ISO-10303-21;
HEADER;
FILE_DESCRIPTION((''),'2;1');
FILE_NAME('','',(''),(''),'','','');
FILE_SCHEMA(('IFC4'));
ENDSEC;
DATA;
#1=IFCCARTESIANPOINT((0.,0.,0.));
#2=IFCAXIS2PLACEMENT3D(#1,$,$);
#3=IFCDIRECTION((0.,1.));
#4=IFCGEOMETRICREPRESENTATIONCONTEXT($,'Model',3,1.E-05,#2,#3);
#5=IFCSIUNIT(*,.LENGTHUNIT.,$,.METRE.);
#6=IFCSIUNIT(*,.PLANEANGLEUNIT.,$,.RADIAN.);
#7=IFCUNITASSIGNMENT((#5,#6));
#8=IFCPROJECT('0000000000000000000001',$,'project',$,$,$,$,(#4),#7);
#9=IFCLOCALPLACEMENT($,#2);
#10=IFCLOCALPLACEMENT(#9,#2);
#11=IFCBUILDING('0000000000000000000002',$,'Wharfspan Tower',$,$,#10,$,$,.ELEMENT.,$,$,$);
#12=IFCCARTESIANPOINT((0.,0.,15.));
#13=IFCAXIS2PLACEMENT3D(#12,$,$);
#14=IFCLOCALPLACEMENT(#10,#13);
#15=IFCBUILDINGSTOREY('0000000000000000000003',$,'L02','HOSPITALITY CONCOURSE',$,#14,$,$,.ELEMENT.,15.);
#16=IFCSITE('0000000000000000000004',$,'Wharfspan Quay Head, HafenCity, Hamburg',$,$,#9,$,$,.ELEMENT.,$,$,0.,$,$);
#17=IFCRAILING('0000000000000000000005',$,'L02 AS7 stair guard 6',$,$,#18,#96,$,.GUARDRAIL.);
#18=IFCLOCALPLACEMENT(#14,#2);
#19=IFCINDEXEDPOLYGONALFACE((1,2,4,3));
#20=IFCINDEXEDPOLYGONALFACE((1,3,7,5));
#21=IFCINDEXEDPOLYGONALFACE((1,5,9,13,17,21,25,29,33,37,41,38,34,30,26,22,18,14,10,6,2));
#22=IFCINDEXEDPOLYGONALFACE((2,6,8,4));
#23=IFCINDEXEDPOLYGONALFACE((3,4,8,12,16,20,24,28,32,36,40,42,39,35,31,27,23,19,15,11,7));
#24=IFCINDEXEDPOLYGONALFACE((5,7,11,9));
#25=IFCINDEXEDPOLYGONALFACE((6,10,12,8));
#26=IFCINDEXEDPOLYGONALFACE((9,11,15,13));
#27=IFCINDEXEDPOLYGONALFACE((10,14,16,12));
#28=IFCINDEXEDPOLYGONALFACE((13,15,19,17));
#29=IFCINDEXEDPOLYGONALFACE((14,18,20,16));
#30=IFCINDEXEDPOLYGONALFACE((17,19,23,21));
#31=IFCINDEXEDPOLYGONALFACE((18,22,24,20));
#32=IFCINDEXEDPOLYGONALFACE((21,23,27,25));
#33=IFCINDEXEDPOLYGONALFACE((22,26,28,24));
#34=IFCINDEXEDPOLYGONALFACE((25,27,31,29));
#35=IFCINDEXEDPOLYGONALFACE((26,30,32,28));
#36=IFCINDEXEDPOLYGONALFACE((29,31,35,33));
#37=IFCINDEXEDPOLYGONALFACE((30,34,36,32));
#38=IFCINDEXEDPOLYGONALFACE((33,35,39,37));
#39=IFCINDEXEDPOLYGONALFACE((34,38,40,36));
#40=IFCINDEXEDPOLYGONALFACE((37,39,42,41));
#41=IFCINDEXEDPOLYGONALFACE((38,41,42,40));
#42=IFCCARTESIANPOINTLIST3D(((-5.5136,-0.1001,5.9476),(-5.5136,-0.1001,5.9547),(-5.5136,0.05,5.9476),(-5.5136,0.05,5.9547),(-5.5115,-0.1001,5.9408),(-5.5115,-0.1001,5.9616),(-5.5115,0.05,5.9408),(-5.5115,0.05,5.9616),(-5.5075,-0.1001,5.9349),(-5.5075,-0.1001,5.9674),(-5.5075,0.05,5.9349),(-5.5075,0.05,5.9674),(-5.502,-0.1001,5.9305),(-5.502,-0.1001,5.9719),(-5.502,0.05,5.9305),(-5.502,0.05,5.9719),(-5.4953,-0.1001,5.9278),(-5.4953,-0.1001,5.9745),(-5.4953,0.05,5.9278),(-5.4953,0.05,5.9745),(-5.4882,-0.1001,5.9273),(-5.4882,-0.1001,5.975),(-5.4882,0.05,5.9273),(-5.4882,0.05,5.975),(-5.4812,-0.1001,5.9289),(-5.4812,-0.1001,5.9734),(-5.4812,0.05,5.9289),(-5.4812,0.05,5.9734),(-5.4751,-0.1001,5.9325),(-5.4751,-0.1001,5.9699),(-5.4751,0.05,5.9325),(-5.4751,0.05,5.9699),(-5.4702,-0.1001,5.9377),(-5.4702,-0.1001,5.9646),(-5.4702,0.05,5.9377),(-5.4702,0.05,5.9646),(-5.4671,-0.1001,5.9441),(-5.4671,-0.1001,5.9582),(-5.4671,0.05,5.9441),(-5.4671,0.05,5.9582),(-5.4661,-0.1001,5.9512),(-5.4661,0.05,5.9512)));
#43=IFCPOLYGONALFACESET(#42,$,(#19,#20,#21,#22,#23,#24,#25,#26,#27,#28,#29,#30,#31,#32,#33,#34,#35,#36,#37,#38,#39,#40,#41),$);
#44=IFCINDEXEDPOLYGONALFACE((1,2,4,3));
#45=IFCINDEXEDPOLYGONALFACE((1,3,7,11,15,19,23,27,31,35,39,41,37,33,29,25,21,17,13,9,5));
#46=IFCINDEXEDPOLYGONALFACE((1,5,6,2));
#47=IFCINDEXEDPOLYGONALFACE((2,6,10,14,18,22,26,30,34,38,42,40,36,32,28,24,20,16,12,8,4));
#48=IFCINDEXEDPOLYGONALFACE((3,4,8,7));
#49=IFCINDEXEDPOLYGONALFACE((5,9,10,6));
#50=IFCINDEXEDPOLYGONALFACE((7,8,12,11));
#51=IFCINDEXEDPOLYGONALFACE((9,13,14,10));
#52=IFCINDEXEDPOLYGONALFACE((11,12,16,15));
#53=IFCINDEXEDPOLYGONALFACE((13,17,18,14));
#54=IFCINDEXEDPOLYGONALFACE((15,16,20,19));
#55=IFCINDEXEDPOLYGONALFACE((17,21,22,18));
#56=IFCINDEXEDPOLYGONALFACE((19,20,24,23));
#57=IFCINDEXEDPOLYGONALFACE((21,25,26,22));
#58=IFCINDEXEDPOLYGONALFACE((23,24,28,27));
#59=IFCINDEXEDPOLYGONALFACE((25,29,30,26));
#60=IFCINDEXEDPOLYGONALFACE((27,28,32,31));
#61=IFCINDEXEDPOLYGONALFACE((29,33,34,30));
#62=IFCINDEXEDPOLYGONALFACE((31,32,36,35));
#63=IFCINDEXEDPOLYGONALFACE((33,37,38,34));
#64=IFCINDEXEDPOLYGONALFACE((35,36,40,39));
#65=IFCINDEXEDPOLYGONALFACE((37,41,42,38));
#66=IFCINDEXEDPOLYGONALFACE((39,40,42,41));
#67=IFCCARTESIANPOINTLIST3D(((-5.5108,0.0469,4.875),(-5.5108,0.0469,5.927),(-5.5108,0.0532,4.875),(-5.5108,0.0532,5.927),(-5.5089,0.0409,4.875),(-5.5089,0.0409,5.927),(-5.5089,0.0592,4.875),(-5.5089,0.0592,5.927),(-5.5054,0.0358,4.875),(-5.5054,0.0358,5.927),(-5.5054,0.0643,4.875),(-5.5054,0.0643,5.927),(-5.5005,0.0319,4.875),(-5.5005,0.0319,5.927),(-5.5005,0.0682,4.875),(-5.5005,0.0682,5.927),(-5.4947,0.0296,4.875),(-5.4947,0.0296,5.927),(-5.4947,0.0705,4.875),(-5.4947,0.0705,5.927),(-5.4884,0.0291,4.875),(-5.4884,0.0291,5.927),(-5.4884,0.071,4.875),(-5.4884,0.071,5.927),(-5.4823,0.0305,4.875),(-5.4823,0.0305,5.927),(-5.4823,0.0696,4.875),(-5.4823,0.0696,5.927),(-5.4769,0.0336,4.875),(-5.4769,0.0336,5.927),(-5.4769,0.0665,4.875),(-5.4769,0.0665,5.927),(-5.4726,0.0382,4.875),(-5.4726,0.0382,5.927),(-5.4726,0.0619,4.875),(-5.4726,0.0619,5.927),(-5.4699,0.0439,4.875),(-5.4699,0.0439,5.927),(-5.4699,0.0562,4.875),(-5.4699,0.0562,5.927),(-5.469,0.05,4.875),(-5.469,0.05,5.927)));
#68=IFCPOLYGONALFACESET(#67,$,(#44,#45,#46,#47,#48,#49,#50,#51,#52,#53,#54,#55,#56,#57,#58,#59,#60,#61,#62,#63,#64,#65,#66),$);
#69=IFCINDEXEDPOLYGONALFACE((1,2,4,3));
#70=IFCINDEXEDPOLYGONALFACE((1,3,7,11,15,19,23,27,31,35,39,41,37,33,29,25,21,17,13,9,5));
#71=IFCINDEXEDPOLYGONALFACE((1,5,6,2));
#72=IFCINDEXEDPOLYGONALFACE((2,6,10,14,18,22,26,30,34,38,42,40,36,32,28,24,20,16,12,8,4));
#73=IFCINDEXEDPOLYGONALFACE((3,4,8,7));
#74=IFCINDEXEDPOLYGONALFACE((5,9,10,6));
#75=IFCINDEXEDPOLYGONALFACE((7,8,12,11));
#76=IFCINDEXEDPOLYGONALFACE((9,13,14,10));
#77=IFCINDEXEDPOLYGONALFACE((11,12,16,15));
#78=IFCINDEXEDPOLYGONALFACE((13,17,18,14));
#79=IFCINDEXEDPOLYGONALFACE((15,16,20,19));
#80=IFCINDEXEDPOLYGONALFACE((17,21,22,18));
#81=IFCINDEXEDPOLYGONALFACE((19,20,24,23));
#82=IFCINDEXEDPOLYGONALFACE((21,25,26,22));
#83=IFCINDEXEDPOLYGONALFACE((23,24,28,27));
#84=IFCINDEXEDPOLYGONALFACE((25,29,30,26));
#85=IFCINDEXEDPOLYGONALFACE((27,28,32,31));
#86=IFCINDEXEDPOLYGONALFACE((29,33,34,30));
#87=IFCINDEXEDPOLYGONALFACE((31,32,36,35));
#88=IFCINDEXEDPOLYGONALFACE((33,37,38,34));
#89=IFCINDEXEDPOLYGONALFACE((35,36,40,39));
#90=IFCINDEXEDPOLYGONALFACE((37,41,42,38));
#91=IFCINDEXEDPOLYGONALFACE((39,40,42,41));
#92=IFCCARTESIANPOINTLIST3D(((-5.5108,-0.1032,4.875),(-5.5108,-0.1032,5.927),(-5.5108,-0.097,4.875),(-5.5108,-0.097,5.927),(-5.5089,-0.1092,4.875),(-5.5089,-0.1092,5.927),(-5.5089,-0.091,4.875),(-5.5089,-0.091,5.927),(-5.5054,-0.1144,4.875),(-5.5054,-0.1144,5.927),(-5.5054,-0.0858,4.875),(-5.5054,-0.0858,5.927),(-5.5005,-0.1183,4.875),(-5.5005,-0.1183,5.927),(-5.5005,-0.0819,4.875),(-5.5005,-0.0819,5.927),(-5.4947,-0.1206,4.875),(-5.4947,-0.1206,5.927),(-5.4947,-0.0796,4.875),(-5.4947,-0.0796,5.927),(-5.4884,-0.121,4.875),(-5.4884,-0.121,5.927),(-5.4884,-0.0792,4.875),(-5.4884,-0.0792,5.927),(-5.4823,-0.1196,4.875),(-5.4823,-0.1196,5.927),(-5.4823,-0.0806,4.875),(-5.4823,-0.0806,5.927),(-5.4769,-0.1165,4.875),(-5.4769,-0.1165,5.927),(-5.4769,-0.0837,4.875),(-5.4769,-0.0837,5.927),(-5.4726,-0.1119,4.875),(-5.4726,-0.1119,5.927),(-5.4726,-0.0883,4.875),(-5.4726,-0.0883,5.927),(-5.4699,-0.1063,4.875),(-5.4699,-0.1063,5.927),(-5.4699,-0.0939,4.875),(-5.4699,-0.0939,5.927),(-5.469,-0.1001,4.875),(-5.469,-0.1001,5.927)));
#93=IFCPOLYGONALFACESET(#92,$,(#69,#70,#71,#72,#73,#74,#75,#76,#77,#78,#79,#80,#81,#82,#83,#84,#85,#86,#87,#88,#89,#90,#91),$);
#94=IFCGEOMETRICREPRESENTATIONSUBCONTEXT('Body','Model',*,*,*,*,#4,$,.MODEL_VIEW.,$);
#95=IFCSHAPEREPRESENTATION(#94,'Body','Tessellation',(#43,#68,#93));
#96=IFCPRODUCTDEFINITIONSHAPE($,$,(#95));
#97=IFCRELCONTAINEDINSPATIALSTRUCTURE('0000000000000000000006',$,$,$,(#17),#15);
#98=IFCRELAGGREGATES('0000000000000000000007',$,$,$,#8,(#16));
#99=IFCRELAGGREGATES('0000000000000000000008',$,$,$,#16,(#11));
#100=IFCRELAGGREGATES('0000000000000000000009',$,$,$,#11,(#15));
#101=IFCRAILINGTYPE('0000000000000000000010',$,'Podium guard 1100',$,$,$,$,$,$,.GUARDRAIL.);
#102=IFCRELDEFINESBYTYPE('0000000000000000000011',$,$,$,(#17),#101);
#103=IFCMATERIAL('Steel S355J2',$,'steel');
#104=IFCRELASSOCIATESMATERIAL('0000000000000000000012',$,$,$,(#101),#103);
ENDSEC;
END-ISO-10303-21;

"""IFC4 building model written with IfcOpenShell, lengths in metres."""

from ifc_helpers import new_model, si_unit, direction, frame, origin, origin_2d, place, context, subcontext, project, spatial, circle, extrude, material, type_object, element, save


model = new_model("IFC4")

# Units and contexts
model_context = context("Model", 3, precision=1e-05, world=origin(), true_north=direction((0.0, 1.0)))
body_context = subcontext(model_context, "Body", "Model", "MODEL_VIEW")
ifc_project = project(units=[si_unit("LENGTHUNIT", "METRE"), si_unit("PLANEANGLEUNIT", "RADIAN")], contexts=[model_context])

# Site, building, storey
site_placement = place(None, origin())
site = spatial("IfcSite", under=ifc_project, at=site_placement, Name="Wharfspan Quay Head, HafenCity, Hamburg", CompositionType="ELEMENT", RefElevation=0.0)
building_placement = place(site_placement, origin())
building = spatial("IfcBuilding", under=site, at=building_placement, Name="Wharfspan Tower", CompositionType="ELEMENT")
storey_placement = place(building_placement, frame((0.0, 0.0, 15.0)))
storey = spatial("IfcBuildingStorey", under=building, at=storey_placement, Name="L02", Description="HOSPITALITY CONCOURSE", CompositionType="ELEMENT", Elevation=15.0)

# Railing
ifc_material_1 = material(Name="Steel S355J2", Category="steel")
railing_type_1 = type_object("IfcRailingType", Name="Podium guard 1100", PredefinedType="GUARDRAIL", material=ifc_material_1)
railing_1_placement = place(storey_placement, frame((-5.49, 0.05, 4.875)))
element("IfcRailing", 1, at=railing_1_placement, inside=storey, type_object=railing_type_1, Name="L02 AS7 stair guard 6", PredefinedType="GUARDRAIL", context=body_context, shape_type="SweptSolid", body=[
    extrude(circle(Radius=0.0239, at=origin_2d()), frame((0.0, 0.0, 1.0762), z_axis=(0.0, -1.0, 0.0), x_axis=(1.0, 0.0, 0.0)), (0.0, 0.0, 1.0), 0.1501),
    extrude(circle(Radius=0.021, at=origin_2d()), origin(), (0.0, 0.0, 1.0), 1.052),
    extrude(circle(Radius=0.021, at=origin_2d()), frame((0.0, -0.1501, 0.0)), (0.0, 0.0, 1.0), 1.052),
])

save(model, "model.ifc")
